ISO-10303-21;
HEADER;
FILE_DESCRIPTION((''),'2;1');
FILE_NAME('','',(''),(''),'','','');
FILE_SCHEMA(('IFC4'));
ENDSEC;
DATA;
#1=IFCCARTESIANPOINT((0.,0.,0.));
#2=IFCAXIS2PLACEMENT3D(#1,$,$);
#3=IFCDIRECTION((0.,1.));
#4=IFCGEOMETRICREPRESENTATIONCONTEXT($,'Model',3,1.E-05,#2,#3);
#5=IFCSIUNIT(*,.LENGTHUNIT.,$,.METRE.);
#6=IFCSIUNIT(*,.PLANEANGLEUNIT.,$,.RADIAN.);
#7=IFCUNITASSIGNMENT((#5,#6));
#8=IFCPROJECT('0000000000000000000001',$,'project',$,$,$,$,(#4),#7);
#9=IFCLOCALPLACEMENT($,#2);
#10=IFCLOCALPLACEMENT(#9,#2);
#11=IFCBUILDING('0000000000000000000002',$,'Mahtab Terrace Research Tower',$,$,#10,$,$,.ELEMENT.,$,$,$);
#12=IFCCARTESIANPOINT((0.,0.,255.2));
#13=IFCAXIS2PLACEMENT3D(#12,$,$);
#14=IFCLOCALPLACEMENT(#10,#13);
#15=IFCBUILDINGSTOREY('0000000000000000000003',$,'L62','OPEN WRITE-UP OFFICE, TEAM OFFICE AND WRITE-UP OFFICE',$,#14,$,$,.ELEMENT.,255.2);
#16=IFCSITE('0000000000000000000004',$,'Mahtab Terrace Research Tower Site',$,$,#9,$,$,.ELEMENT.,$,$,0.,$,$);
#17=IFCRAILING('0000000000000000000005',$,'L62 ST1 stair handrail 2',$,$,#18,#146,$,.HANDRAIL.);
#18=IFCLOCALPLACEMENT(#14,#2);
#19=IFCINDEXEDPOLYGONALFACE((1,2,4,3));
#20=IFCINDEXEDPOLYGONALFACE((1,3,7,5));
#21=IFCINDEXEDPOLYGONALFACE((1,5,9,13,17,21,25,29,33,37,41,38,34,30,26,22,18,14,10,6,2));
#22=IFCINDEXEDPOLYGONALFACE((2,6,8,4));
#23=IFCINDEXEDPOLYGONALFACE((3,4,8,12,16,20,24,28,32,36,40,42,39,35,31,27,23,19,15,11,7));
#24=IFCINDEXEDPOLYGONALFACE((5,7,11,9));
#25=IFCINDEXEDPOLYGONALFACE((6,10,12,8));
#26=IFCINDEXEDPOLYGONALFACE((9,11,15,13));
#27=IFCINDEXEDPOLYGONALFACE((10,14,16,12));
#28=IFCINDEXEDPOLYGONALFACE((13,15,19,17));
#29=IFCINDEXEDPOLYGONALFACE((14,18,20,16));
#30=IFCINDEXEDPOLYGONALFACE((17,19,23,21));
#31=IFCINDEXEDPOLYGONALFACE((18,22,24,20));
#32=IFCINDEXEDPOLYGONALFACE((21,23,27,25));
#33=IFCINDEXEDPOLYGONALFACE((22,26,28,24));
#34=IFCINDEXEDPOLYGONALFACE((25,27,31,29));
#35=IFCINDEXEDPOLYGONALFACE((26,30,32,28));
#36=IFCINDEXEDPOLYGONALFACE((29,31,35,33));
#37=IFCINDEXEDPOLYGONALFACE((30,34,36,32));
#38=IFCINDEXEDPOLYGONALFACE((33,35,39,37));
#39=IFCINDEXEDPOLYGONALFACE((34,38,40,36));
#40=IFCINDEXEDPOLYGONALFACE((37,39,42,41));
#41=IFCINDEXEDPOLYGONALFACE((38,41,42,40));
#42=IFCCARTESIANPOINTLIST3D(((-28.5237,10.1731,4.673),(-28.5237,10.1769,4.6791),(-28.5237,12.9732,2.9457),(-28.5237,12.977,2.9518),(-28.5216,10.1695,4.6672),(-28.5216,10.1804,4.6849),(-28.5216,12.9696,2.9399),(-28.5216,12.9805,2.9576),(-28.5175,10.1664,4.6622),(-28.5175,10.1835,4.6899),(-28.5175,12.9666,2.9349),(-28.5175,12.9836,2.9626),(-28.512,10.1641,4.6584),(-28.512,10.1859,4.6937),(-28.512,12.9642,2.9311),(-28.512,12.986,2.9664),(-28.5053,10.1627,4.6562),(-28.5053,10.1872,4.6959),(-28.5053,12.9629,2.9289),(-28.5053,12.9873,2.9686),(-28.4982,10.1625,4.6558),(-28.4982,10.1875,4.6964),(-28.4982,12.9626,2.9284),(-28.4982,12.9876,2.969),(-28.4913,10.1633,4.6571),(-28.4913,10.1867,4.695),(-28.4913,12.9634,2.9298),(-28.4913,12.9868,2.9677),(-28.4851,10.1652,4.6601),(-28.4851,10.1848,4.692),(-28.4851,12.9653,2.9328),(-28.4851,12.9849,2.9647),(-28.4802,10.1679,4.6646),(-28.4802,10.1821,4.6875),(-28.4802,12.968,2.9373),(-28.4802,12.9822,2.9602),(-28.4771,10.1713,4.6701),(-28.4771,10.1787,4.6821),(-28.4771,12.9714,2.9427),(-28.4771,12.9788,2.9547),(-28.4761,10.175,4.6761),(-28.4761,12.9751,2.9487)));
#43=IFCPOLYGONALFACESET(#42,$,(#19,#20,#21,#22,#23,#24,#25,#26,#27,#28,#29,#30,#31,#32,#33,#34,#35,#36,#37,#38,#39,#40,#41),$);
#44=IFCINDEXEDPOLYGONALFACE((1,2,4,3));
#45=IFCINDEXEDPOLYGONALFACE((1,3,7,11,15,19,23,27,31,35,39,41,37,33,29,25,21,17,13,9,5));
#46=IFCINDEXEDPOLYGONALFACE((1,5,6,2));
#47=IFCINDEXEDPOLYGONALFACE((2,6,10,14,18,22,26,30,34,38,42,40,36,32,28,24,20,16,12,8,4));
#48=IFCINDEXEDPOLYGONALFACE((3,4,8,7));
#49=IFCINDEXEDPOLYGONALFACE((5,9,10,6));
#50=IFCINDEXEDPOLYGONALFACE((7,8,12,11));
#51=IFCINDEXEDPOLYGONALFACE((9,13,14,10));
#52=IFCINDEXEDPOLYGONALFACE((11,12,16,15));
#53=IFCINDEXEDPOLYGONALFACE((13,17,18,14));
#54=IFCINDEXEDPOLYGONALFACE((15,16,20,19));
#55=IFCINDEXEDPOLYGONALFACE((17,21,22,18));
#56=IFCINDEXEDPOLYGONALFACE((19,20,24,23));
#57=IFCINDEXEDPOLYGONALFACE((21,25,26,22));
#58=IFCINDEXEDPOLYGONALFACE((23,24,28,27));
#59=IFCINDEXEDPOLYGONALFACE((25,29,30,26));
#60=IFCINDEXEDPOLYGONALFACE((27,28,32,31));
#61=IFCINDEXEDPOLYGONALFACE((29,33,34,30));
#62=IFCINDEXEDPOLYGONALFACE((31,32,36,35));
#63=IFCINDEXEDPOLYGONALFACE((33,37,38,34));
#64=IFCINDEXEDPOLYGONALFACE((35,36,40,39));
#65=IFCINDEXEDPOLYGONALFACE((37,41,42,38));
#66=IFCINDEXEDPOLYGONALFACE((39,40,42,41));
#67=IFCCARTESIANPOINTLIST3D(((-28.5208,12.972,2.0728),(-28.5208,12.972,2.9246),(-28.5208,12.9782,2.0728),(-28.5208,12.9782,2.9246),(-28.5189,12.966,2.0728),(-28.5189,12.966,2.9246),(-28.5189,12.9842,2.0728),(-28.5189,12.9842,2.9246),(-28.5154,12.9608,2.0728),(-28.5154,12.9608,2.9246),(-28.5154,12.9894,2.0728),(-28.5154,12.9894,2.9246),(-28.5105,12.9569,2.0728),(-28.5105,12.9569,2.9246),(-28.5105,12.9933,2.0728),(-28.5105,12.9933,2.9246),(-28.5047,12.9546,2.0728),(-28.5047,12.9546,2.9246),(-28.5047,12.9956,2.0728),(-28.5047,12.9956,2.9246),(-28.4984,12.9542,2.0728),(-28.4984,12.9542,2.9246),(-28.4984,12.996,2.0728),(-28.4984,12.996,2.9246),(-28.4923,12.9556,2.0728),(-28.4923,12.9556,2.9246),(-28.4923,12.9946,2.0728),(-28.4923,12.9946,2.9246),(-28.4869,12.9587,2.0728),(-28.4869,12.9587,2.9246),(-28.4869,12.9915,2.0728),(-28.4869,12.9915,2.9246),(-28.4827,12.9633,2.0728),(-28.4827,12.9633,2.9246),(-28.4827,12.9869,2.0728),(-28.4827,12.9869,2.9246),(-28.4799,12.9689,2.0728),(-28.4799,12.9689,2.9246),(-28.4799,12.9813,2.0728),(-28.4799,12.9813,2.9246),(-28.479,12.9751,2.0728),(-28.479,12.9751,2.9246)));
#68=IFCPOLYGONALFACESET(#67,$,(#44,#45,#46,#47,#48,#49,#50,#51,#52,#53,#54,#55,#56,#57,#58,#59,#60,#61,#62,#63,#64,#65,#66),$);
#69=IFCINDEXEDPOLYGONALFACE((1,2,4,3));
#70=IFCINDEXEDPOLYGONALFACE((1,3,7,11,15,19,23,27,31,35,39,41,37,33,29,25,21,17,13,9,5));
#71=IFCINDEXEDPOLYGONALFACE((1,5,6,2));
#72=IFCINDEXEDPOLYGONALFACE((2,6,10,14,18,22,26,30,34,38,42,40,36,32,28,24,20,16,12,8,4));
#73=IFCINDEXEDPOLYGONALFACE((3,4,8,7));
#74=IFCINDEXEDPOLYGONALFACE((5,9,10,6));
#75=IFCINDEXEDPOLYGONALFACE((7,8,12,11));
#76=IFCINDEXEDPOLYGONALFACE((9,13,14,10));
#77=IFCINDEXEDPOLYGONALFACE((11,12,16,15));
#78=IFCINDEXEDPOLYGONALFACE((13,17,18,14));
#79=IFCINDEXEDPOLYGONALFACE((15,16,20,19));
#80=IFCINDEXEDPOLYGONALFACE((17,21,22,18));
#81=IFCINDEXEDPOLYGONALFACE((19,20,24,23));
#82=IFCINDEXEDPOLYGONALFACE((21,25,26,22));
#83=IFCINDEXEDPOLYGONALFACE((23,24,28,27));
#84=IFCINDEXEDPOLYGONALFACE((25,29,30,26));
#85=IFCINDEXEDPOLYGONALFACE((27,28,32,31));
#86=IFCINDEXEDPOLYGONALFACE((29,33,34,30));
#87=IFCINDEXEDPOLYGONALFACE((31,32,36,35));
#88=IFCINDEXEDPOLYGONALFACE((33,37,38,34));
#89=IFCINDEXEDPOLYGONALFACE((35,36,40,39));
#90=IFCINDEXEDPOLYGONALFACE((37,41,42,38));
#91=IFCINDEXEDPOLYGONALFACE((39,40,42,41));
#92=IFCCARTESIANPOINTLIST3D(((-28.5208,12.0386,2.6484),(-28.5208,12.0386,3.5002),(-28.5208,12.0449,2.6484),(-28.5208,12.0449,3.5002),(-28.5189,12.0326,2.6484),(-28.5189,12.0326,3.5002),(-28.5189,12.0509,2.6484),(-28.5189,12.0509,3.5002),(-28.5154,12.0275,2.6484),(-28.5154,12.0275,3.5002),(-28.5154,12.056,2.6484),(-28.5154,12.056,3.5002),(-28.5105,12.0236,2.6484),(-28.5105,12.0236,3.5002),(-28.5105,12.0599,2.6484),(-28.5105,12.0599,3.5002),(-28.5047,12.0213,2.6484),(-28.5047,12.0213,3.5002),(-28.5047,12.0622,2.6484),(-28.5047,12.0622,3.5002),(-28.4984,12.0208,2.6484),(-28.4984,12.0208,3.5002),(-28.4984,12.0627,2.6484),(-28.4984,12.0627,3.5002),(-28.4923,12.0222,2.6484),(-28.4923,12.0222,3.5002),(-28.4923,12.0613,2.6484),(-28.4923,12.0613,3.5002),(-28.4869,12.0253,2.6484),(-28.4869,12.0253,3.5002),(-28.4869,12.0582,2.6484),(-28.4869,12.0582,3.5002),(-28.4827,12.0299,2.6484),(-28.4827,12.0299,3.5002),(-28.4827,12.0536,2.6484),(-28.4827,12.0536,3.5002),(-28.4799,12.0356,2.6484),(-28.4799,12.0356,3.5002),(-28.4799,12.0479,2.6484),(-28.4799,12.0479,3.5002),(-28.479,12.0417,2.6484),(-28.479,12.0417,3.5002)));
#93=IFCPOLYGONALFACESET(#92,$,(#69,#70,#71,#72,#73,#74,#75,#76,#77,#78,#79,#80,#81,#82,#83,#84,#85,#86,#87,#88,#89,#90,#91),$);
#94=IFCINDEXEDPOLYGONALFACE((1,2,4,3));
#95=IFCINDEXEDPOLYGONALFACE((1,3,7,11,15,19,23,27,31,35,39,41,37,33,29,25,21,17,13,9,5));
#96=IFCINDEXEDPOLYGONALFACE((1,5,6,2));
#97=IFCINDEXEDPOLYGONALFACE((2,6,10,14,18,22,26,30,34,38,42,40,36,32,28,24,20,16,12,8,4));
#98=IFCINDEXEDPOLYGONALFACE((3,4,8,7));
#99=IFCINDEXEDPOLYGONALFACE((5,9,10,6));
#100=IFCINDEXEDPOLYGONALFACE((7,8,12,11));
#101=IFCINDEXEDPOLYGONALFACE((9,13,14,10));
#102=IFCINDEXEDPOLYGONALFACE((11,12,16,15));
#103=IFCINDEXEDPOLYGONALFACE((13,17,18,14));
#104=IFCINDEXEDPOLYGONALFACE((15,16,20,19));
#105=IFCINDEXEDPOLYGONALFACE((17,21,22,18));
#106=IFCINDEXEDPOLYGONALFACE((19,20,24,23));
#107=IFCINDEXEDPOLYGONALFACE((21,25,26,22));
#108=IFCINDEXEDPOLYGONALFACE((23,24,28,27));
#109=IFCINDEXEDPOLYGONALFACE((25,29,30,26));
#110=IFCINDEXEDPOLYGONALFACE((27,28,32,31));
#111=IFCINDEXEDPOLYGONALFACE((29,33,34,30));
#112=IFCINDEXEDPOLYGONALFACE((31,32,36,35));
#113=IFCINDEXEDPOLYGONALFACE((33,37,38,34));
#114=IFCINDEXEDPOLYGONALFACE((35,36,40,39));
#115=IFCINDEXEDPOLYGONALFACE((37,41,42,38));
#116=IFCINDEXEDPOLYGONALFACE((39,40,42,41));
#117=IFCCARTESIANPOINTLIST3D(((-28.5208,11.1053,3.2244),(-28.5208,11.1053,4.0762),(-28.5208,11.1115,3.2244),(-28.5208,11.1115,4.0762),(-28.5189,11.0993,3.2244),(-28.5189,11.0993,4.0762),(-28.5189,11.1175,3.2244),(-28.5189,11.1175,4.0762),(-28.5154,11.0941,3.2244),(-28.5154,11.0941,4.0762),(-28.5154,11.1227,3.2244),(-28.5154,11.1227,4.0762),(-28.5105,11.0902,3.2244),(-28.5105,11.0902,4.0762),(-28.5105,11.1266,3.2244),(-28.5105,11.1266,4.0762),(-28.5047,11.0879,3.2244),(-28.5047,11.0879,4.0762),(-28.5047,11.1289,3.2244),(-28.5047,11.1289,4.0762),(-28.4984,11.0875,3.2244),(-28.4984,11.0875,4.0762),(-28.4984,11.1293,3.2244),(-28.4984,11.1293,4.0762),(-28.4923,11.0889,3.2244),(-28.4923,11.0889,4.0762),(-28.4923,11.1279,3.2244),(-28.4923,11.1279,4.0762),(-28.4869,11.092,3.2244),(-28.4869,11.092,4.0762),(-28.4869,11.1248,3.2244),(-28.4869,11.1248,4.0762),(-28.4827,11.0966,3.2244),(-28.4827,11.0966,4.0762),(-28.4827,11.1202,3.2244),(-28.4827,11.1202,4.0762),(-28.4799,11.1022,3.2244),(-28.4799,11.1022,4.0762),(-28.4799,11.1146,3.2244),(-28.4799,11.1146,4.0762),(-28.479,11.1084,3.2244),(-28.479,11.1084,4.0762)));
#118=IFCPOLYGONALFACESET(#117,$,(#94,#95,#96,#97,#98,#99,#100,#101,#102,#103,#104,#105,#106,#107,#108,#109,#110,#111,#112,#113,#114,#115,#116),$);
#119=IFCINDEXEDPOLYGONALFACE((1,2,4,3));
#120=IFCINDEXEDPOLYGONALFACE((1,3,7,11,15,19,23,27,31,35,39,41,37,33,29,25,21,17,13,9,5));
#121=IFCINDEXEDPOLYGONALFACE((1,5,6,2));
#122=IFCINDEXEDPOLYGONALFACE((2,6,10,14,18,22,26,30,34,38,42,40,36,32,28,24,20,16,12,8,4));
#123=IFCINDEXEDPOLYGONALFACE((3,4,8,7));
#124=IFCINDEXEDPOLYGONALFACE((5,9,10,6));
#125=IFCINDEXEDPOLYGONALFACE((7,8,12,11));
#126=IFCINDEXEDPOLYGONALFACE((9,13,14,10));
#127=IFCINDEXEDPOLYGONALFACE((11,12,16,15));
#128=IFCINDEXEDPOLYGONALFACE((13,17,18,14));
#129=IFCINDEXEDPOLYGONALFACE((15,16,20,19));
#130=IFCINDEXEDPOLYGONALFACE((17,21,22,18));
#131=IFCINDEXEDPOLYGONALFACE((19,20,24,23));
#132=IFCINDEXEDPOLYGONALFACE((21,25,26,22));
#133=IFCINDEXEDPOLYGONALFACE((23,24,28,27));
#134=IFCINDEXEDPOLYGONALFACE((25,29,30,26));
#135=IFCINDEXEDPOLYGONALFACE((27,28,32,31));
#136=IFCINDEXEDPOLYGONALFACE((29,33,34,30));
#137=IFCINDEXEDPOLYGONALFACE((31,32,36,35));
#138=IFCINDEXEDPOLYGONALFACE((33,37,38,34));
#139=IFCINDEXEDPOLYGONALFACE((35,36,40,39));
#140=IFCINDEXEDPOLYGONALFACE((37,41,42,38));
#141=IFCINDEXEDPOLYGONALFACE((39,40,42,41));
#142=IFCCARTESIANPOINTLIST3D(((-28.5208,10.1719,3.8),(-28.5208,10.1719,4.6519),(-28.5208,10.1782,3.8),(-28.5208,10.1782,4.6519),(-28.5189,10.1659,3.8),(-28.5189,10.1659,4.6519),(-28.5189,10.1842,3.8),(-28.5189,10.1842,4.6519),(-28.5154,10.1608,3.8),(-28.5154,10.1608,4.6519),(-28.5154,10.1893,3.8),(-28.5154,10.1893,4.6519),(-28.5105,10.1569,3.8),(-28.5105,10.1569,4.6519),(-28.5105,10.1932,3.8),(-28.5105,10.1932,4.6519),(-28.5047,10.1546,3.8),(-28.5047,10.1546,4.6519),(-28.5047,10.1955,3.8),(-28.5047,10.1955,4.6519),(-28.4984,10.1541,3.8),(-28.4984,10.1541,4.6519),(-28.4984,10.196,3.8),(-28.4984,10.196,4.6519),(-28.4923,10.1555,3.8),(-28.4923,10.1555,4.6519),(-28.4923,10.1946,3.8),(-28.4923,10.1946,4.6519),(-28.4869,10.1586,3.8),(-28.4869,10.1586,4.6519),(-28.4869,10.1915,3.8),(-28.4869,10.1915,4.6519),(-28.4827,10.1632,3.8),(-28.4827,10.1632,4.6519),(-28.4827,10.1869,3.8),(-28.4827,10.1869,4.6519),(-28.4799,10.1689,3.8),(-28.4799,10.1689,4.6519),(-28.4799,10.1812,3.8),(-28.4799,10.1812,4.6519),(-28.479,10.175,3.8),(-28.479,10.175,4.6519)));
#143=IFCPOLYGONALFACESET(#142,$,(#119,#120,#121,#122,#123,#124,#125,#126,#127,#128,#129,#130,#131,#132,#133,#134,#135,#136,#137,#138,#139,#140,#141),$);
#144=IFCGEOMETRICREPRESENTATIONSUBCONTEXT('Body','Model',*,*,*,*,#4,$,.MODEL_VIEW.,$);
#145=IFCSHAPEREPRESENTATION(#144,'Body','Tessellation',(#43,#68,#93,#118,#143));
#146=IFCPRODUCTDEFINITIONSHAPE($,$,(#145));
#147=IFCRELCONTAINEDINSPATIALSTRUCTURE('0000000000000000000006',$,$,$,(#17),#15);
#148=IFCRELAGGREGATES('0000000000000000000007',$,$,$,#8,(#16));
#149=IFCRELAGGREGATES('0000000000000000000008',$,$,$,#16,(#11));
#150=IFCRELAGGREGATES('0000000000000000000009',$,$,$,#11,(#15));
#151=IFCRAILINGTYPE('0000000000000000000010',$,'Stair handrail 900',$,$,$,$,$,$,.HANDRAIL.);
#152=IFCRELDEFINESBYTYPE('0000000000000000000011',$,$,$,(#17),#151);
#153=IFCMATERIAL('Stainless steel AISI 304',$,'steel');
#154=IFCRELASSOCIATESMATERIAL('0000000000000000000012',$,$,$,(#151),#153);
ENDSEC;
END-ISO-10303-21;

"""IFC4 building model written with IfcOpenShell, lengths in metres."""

from ifc_helpers import new_model, si_unit, direction, frame, origin, origin_2d, place, context, subcontext, project, spatial, circle, extrude, material, type_object, element, save


model = new_model("IFC4")

# Units and contexts
model_context = context("Model", 3, precision=1e-05, world=origin(), true_north=direction((0.0, 1.0)))
body_context = subcontext(model_context, "Body", "Model", "MODEL_VIEW")
ifc_project = project(units=[si_unit("LENGTHUNIT", "METRE"), si_unit("PLANEANGLEUNIT", "RADIAN")], contexts=[model_context])

# Site, building, storey
site_placement = place(None, origin())
site = spatial("IfcSite", under=ifc_project, at=site_placement, Name="Mahtab Terrace Research Tower Site", CompositionType="ELEMENT", RefElevation=0.0)
building_placement = place(site_placement, origin())
building = spatial("IfcBuilding", under=site, at=building_placement, Name="Mahtab Terrace Research Tower", CompositionType="ELEMENT")
storey_placement = place(building_placement, frame((0.0, 0.0, 255.2)))
storey = spatial("IfcBuildingStorey", under=building, at=storey_placement, Name="L62", Description="OPEN WRITE-UP OFFICE, TEAM OFFICE AND WRITE-UP OFFICE", CompositionType="ELEMENT", Elevation=255.2)

# Railing
ifc_material_1 = material(Name="Stainless steel AISI 304", Category="steel")
railing_type_1 = type_object("IfcRailingType", Name="Stair handrail 900", PredefinedType="HANDRAIL", material=ifc_material_1)
railing_1_placement = place(storey_placement, frame((-28.5, 12.9751, 2.0728)))
element("IfcRailing", 1, at=railing_1_placement, inside=storey, type_object=railing_type_1, Name="L62 ST1 stair handrail 2", PredefinedType="HANDRAIL", context=body_context, shape_type="SweptSolid", body=[
    extrude(circle(Radius=0.0239, at=origin_2d()), frame((0.0, 0.0, 0.876), z_axis=(0.0, -0.85109, 0.52502), x_axis=(1.0, 0.0, 0.0)), (0.0, 0.0, 1.0), 3.29),
    extrude(circle(Radius=0.021, at=origin_2d()), origin(), (0.0, 0.0, 1.0), 0.8518),
    extrude(circle(Radius=0.021, at=origin_2d()), frame((0.0, -0.9333, 0.5757)), (0.0, 0.0, 1.0), 0.8518),
    extrude(circle(Radius=0.021, at=origin_2d()), frame((0.0, -1.8667, 1.1516)), (0.0, 0.0, 1.0), 0.8518),
    extrude(circle(Radius=0.021, at=origin_2d()), frame((0.0, -2.8, 1.7273)), (0.0, 0.0, 1.0), 0.8518),
])

save(model, "model.ifc")
